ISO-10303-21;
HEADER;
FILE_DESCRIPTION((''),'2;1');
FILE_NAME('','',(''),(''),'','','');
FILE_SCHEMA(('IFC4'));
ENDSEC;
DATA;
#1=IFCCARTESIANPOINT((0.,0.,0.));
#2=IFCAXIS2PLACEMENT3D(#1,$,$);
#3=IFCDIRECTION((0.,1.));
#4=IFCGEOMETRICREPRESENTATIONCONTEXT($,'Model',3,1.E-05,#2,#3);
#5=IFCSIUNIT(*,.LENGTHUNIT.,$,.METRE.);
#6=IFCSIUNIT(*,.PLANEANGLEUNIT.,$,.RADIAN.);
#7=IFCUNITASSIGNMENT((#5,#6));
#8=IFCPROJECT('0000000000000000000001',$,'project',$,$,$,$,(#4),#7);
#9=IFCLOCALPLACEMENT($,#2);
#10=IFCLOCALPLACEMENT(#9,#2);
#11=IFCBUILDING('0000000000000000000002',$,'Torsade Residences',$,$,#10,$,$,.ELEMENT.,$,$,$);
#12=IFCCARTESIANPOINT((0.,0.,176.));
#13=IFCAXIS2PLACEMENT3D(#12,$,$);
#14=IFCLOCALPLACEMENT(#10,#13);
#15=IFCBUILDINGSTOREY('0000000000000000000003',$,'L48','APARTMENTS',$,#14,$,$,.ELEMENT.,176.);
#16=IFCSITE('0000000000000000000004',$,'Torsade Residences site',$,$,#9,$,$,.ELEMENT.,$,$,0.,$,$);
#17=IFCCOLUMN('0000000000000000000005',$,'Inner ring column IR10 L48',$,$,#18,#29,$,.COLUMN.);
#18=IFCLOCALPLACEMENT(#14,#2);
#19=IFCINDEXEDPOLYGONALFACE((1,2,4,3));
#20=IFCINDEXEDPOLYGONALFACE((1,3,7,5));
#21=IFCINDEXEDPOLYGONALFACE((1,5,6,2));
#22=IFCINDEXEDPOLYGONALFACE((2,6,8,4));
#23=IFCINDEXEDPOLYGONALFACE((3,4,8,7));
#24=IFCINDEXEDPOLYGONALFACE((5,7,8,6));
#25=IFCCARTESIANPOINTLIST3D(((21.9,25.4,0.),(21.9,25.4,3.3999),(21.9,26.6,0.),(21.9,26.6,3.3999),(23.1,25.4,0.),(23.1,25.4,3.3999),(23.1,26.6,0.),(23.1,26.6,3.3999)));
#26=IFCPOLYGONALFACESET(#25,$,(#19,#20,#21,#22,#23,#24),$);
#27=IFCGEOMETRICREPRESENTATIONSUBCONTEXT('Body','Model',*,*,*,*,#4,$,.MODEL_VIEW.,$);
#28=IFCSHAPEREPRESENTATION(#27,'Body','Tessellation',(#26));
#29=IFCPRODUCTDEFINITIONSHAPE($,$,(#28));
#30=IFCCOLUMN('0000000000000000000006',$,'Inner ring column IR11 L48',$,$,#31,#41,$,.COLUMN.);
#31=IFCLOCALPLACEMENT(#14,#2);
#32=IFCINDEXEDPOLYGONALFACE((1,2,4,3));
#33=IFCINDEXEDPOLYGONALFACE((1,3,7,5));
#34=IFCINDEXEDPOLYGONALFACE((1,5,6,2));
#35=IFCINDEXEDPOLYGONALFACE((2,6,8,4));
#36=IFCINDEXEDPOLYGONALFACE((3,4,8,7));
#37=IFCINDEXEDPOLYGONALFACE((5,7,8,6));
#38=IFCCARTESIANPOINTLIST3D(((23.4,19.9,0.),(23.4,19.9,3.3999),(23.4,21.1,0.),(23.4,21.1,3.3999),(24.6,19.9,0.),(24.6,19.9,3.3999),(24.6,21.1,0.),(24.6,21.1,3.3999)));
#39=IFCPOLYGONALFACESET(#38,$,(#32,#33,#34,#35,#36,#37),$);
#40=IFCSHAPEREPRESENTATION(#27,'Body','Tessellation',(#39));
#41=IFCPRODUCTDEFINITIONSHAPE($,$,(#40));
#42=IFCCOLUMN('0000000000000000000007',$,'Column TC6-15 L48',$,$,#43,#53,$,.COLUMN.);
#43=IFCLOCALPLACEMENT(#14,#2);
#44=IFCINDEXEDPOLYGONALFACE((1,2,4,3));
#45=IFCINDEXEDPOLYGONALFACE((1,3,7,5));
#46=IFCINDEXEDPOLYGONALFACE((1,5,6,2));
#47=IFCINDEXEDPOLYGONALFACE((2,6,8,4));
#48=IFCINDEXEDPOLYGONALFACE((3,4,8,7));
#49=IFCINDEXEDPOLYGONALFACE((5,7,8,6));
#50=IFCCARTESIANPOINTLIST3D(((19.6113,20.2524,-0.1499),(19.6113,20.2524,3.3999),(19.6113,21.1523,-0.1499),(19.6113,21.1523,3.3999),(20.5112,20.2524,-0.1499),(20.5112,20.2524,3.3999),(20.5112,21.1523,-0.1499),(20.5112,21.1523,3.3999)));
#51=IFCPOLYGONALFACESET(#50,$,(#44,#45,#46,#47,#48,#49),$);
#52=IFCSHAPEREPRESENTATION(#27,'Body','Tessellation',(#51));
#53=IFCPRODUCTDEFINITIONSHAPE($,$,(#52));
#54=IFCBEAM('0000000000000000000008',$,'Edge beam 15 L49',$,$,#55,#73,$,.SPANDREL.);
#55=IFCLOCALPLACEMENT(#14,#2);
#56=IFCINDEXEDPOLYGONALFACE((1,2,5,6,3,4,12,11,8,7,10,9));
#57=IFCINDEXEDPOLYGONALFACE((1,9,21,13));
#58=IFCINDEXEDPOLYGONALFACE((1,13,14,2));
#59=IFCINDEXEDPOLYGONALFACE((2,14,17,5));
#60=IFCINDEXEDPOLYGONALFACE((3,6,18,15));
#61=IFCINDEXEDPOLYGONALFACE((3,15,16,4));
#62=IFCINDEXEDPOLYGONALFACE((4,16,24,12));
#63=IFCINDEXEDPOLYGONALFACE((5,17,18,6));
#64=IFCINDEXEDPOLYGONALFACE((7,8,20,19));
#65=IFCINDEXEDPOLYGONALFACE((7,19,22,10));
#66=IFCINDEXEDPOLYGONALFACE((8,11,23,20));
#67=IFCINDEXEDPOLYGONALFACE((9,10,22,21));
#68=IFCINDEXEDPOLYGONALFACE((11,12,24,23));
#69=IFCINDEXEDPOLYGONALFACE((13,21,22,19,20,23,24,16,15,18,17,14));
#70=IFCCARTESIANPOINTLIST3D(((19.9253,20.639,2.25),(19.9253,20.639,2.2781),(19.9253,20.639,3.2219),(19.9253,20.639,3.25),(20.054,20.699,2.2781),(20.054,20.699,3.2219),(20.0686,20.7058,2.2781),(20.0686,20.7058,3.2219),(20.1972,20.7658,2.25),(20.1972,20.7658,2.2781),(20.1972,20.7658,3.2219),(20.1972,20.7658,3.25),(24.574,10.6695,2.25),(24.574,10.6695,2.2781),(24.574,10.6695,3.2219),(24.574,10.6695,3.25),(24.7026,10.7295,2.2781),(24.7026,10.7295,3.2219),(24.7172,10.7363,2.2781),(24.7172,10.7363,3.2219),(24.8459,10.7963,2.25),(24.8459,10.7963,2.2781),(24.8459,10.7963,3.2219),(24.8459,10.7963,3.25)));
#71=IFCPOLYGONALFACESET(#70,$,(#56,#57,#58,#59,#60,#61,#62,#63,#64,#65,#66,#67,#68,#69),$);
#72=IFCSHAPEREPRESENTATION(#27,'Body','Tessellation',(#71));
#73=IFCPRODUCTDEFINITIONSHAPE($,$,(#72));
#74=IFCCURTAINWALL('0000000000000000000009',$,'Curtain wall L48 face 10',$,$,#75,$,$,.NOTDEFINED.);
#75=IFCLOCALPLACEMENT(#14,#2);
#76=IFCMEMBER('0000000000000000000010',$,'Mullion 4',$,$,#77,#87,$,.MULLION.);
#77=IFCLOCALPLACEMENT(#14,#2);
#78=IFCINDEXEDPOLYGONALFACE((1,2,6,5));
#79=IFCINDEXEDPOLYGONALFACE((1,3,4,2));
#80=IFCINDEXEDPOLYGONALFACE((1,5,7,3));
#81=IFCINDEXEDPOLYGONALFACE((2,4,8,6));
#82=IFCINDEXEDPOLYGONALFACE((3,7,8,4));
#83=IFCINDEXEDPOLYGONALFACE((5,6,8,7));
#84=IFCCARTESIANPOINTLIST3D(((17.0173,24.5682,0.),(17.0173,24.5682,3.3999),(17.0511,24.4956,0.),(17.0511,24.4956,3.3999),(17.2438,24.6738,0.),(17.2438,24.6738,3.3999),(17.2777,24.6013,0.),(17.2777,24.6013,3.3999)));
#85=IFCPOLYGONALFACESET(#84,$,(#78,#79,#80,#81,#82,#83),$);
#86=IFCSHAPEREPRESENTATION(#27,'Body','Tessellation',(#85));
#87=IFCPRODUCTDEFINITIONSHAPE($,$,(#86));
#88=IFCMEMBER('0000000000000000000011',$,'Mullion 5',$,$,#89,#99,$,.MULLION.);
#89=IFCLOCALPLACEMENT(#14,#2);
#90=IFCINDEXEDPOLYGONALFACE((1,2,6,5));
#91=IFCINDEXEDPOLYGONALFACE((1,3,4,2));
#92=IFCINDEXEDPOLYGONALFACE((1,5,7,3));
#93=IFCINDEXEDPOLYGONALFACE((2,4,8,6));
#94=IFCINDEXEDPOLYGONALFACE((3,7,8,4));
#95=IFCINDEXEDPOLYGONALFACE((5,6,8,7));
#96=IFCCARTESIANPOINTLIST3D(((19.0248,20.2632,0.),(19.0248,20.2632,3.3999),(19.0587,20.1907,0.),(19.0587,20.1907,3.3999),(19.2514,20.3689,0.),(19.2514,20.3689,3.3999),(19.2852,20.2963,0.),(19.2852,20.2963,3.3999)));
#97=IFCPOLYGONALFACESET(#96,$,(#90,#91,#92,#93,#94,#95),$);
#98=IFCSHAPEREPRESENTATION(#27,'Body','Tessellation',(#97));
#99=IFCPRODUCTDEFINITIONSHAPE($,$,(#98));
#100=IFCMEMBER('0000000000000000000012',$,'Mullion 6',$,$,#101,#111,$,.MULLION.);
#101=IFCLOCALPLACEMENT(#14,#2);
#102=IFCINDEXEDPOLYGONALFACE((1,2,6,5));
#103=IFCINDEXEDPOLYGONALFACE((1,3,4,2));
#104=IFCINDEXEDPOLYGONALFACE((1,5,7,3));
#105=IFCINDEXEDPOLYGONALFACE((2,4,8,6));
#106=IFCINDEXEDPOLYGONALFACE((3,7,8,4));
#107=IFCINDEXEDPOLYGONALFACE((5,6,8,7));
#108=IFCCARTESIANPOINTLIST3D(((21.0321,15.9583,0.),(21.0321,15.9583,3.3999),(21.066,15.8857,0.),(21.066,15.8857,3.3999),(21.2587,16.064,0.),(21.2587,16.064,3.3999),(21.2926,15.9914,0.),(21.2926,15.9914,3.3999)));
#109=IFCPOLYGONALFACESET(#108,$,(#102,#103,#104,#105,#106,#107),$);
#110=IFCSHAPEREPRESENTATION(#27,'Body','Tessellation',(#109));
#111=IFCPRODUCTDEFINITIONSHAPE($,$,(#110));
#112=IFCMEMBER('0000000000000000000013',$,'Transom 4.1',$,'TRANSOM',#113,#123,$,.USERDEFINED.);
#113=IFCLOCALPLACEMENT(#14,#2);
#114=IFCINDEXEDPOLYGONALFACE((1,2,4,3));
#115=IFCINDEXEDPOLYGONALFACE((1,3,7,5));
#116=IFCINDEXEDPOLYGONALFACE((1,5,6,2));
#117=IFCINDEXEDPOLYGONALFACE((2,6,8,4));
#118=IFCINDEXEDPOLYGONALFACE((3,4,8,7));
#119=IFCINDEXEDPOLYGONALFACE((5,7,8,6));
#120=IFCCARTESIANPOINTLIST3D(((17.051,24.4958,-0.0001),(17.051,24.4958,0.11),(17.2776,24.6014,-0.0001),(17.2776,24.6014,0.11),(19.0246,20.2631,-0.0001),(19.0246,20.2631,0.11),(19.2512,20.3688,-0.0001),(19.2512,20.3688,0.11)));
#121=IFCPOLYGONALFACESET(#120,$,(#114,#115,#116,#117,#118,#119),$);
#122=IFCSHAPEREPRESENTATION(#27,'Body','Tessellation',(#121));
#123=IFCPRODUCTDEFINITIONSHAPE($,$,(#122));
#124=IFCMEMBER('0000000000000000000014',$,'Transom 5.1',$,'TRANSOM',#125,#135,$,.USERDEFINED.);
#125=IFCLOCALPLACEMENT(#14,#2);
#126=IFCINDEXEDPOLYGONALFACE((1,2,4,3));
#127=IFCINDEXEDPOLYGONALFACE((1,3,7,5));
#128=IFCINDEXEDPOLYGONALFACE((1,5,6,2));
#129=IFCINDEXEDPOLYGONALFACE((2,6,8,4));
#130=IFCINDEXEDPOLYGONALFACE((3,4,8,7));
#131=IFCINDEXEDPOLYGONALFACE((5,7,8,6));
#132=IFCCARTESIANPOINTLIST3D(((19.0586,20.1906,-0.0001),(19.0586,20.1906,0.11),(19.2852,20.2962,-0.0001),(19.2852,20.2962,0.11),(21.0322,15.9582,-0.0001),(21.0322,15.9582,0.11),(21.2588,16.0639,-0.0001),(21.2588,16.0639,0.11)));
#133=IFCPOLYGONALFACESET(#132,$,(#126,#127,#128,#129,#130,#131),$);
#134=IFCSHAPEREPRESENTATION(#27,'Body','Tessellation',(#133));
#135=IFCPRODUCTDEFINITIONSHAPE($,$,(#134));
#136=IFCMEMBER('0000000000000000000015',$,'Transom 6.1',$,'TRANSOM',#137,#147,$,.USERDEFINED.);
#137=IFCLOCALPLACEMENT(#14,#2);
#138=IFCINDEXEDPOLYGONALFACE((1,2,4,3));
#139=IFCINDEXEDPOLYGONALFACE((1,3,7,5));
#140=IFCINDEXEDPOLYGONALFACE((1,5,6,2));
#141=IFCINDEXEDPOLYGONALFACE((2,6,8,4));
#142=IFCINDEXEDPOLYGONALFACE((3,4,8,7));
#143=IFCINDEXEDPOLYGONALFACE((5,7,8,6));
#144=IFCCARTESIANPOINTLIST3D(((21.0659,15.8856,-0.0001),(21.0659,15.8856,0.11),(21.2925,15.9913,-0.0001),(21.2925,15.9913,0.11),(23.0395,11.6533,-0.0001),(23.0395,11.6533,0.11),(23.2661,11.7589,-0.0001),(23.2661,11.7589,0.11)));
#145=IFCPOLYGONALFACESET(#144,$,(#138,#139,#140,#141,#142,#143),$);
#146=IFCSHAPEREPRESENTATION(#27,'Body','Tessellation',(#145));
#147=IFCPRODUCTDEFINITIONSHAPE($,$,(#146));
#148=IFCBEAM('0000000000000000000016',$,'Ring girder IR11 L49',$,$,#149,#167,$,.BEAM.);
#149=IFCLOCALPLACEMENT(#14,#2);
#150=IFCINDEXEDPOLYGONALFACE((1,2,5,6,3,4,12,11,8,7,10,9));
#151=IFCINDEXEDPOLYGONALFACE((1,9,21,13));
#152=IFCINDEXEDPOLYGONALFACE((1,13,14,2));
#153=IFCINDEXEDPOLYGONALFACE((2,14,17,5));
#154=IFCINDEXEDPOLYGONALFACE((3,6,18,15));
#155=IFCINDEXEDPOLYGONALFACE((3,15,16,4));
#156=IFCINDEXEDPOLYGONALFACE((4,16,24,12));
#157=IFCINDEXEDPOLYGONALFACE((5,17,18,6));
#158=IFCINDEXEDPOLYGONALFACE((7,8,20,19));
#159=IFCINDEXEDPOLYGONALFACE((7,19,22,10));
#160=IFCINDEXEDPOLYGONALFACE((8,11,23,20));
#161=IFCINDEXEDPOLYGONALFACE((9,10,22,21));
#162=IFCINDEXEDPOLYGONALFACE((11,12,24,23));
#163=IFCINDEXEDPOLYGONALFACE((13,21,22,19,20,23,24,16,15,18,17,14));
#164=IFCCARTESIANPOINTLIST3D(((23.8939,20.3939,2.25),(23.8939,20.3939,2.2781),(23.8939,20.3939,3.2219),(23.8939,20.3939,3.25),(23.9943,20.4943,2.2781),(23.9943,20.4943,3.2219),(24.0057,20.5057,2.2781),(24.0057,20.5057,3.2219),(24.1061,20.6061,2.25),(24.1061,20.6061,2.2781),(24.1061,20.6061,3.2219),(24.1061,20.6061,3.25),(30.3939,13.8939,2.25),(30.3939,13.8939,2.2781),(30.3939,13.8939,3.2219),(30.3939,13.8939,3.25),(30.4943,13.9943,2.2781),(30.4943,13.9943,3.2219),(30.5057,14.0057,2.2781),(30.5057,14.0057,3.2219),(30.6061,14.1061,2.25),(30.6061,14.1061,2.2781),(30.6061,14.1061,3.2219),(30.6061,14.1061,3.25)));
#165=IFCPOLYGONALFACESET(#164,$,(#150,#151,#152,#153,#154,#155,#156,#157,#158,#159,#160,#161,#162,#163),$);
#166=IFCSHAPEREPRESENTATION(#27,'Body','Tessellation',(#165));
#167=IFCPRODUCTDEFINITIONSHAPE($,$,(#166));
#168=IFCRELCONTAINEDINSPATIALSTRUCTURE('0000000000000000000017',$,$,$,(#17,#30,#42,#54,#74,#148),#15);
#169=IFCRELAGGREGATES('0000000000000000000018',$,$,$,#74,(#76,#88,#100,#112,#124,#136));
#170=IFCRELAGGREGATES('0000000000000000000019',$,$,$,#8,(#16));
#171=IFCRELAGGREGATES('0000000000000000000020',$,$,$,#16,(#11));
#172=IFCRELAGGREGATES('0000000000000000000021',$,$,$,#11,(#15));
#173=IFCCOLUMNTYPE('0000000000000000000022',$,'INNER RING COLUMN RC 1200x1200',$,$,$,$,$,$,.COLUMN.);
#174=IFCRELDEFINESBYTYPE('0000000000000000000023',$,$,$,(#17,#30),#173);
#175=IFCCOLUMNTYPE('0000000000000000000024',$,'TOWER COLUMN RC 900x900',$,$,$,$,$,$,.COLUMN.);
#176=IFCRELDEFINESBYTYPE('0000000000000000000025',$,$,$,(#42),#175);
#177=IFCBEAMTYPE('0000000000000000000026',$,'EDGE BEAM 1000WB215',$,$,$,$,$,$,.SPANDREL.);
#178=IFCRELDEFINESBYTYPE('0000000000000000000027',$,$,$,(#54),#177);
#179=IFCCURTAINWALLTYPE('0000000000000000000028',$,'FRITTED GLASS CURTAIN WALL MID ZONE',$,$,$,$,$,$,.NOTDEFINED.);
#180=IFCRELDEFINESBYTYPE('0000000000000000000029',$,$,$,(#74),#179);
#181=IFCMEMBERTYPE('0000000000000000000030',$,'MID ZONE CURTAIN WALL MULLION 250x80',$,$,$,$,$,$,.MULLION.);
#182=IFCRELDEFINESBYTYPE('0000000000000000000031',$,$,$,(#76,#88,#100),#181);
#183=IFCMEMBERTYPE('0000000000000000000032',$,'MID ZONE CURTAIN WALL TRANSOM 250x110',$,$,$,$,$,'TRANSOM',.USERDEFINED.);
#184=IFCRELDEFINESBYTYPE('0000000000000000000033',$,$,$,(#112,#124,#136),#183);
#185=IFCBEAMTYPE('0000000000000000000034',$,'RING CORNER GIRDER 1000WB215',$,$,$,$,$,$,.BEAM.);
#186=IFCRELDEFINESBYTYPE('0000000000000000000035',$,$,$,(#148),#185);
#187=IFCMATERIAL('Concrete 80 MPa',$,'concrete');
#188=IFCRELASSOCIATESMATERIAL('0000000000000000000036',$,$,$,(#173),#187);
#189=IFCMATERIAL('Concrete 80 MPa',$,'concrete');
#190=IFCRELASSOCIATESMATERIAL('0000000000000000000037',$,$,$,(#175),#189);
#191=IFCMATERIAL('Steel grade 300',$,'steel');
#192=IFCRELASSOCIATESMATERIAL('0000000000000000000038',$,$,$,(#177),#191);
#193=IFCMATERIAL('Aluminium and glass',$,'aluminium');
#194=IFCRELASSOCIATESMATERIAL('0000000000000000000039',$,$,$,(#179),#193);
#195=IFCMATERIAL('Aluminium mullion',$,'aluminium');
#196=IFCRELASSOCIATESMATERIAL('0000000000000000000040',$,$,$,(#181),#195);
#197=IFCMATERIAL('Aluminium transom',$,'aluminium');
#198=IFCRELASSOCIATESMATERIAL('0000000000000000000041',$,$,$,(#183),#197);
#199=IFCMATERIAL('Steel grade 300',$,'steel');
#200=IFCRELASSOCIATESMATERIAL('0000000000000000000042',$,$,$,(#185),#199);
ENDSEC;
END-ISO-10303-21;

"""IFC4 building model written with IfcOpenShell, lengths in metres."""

from ifc_helpers import new_model, si_unit, direction, frame, origin, origin_2d, place, context, subcontext, project, spatial, rectangle, i_section, extrude, material, material_profile, profile_set, type_object, element, aggregate, save


model = new_model("IFC4")

# Units and contexts
model_context = context("Model", 3, precision=1e-05, world=origin(), true_north=direction((0.0, 1.0)))
body_context = subcontext(model_context, "Body", "Model", "MODEL_VIEW")
ifc_project = project(units=[si_unit("LENGTHUNIT", "METRE"), si_unit("PLANEANGLEUNIT", "RADIAN")], contexts=[model_context])

# Site, building, storey
site_placement = place(None, origin())
site = spatial("IfcSite", under=ifc_project, at=site_placement, Name="Torsade Residences site", CompositionType="ELEMENT", RefElevation=0.0)
building_placement = place(site_placement, origin())
building = spatial("IfcBuilding", under=site, at=building_placement, Name="Torsade Residences", CompositionType="ELEMENT")
storey_placement = place(building_placement, frame((0.0, 0.0, 176.0)))
storey = spatial("IfcBuildingStorey", under=building, at=storey_placement, Name="L48", Description="APARTMENTS", CompositionType="ELEMENT", Elevation=176.0)

# Columns
ifc_material_1 = material(Name="Concrete 80 MPa", Category="concrete")
ifc_material_profile_1 = material_profile(ifc_material_1, rectangle(XDim=1.2, YDim=1.2, at=origin_2d()), Name="RC 1200x1200")
ifc_profile_set_1 = profile_set([ifc_material_profile_1], Name="Concrete 80 MPa")
column_type_1 = type_object("IfcColumnType", Name="INNER RING COLUMN RC 1200x1200", PredefinedType="COLUMN", material=ifc_profile_set_1)
for number, where, z_axis, x_axis, name in (
    (1, (22.5, 26.0, 0.0), (0.0, 0.0, 1.0), (1.0, 0.0, 0.0), "Inner ring column IR10 L48"),
    (2, (24.0, 20.5, 0.0), (0.0, 0.0, 1.0), (1.0, 0.0, 0.0), "Inner ring column IR11 L48"),
):
    element("IfcColumn", number, at=place(storey_placement, frame(where, z_axis=z_axis, x_axis=x_axis)), inside=storey, type_object=column_type_1, Name=name, PredefinedType="COLUMN", context=body_context, shape_type="SweptSolid", body=[
        extrude(rectangle(XDim=1.2, YDim=1.2, at=origin_2d()), origin(), (0.0, 0.0, 1.0), 3.3999),
    ])
ifc_material_2 = material(Name="Concrete 80 MPa", Category="concrete")
ifc_material_profile_2 = material_profile(ifc_material_2, rectangle(XDim=0.8999, YDim=0.8999, at=origin_2d()), Name="RC 900x900")
ifc_profile_set_2 = profile_set([ifc_material_profile_2], Name="Concrete 80 MPa")
column_type_2 = type_object("IfcColumnType", Name="TOWER COLUMN RC 900x900", PredefinedType="COLUMN", material=ifc_profile_set_2)
column_placement = place(storey_placement, frame((20.0613, 20.7024, -0.1499), z_axis=(0.0, 0.0, 1.0), x_axis=(1.0, 0.0, 0.0)))
element("IfcColumn", 3, at=column_placement, inside=storey, type_object=column_type_2, Name="Column TC6-15 L48", PredefinedType="COLUMN", context=body_context, shape_type="SweptSolid", body=[
    extrude(rectangle(XDim=0.8999, YDim=0.8999, at=origin_2d()), origin(), (0.0, 0.0, 1.0), 3.5498),
])

# Beam
ifc_material_3 = material(Name="Steel grade 300", Category="steel")
ifc_material_profile_3 = material_profile(ifc_material_3, i_section(OverallWidth=0.3, OverallDepth=1.0, WebThickness=0.0161, FlangeThickness=0.0281, at=origin_2d()), Name="1000WB215")
ifc_profile_set_3 = profile_set([ifc_material_profile_3], Name="Steel grade 300")
beam_type_1 = type_object("IfcBeamType", Name="EDGE BEAM 1000WB215", PredefinedType="SPANDREL", material=ifc_profile_set_3)
beam_1_placement = place(storey_placement, frame((20.0613, 20.7024, 2.75), z_axis=(0.422606, -0.906314, 0.0), x_axis=(0.906314, 0.422606, 0.0)))
element("IfcBeam", 4, at=beam_1_placement, inside=storey, type_object=beam_type_1, Name="Edge beam 15 L49", PredefinedType="SPANDREL", context=body_context, shape_type="SweptSolid", body=[
    extrude(i_section(OverallWidth=0.3, OverallDepth=1.0, WebThickness=0.0161, FlangeThickness=0.0281, at=origin_2d()), origin(), (0.0, 0.0, 1.0), 11.0),
])

# Curtain wall, members
ifc_material_4 = material(Name="Aluminium and glass", Category="aluminium")
curtain_wall_type = type_object("IfcCurtainWallType", Name="FRITTED GLASS CURTAIN WALL MID ZONE", PredefinedType="NOTDEFINED", material=ifc_material_4)
curtain_wall_placement = place(storey_placement, origin())
curtain_wall = element("IfcCurtainWall", 5, at=curtain_wall_placement, inside=storey, type_object=curtain_wall_type, Name="Curtain wall L48 face 10", PredefinedType="NOTDEFINED")
ifc_material_5 = material(Name="Aluminium mullion", Category="aluminium")
ifc_material_profile_4 = material_profile(ifc_material_5, rectangle(XDim=0.25, YDim=0.0801, at=origin_2d()), Name="MID ZONE CURTAIN WALL MULLION 250x80")
ifc_profile_set_4 = profile_set([ifc_material_profile_4], Name="Aluminium mullion")
member_type_1 = type_object("IfcMemberType", Name="MID ZONE CURTAIN WALL MULLION 250x80", PredefinedType="MULLION", material=ifc_profile_set_4)
member_1_placement = place(storey_placement, frame((17.1475, 24.5847, 0.0), z_axis=(0.0, 0.0, 1.0), x_axis=(0.906308, 0.422618, 0.0)))
member_1 = element("IfcMember", 6, at=member_1_placement, type_object=member_type_1, Name="Mullion 4", PredefinedType="MULLION", context=body_context, shape_type="SweptSolid", body=[
    extrude(rectangle(XDim=0.25, YDim=0.0801, at=origin_2d()), origin(), (0.0, 0.0, 1.0), 3.3999),
])
member_2_placement = place(storey_placement, frame((19.155, 20.2798, 0.0), z_axis=(0.0, 0.0, 1.0), x_axis=(0.906308, 0.422618, 0.0)))
member_2 = element("IfcMember", 7, at=member_2_placement, type_object=member_type_1, Name="Mullion 5", PredefinedType="MULLION", context=body_context, shape_type="SweptSolid", body=[
    extrude(rectangle(XDim=0.25, YDim=0.0801, at=origin_2d()), origin(), (0.0, 0.0, 1.0), 3.3999),
])
member_3_placement = place(storey_placement, frame((21.1624, 15.9749, 0.0), z_axis=(0.0, 0.0, 1.0), x_axis=(0.906308, 0.422618, 0.0)))
member_3 = element("IfcMember", 8, at=member_3_placement, type_object=member_type_1, Name="Mullion 6", PredefinedType="MULLION", context=body_context, shape_type="SweptSolid", body=[
    extrude(rectangle(XDim=0.25, YDim=0.0801, at=origin_2d()), origin(), (0.0, 0.0, 1.0), 3.3999),
])
ifc_material_6 = material(Name="Aluminium transom", Category="aluminium")
ifc_material_profile_5 = material_profile(ifc_material_6, rectangle(XDim=0.25, YDim=0.1101, at=origin_2d()), Name="MID ZONE CURTAIN WALL TRANSOM 250x110")
ifc_profile_set_5 = profile_set([ifc_material_profile_5], Name="Aluminium transom")
member_type_2 = type_object("IfcMemberType", Name="MID ZONE CURTAIN WALL TRANSOM 250x110", ElementType="TRANSOM", PredefinedType="USERDEFINED", material=ifc_profile_set_5)
member_4_placement = place(storey_placement, frame((17.1643, 24.5486, 0.0549), z_axis=(0.422602, -0.906315, 0.0), x_axis=(0.906315, 0.422602, 0.0)))
member_4 = element("IfcMember", 9, at=member_4_placement, type_object=member_type_2, Name="Transom 4.1", ObjectType="TRANSOM", PredefinedType="USERDEFINED", context=body_context, shape_type="SweptSolid", body=[
    extrude(rectangle(XDim=0.25, YDim=0.1101, at=origin_2d()), origin(), (0.0, 0.0, 1.0), 4.6702),
])
member_5_placement = place(storey_placement, frame((19.1719, 20.2434, 0.0549), z_axis=(0.422622, -0.906306, 0.0), x_axis=(0.906306, 0.422622, 0.0)))
member_5 = element("IfcMember", 10, at=member_5_placement, type_object=member_type_2, Name="Transom 5.1", ObjectType="TRANSOM", PredefinedType="USERDEFINED", context=body_context, shape_type="SweptSolid", body=[
    extrude(rectangle(XDim=0.25, YDim=0.1101, at=origin_2d()), origin(), (0.0, 0.0, 1.0), 4.6699),
])
member_6_placement = place(storey_placement, frame((21.1792, 15.9385, 0.0549), z_axis=(0.422622, -0.906306, 0.0), x_axis=(0.906306, 0.422622, 0.0)))
member_6 = element("IfcMember", 11, at=member_6_placement, type_object=member_type_2, Name="Transom 6.1", ObjectType="TRANSOM", PredefinedType="USERDEFINED", context=body_context, shape_type="SweptSolid", body=[
    extrude(rectangle(XDim=0.25, YDim=0.1101, at=origin_2d()), origin(), (0.0, 0.0, 1.0), 4.6699),
])

# Beam
ifc_material_7 = material(Name="Steel grade 300", Category="steel")
ifc_material_profile_6 = material_profile(ifc_material_7, i_section(OverallWidth=0.3, OverallDepth=1.0, WebThickness=0.0161, FlangeThickness=0.0281, at=origin_2d()), Name="1000WB215")
ifc_profile_set_6 = profile_set([ifc_material_profile_6], Name="Steel grade 300")
beam_type_2 = type_object("IfcBeamType", Name="RING CORNER GIRDER 1000WB215", PredefinedType="BEAM", material=ifc_profile_set_6)
beam_2_placement = place(storey_placement, frame((24.0, 20.5, 2.75), z_axis=(0.707107, -0.707107, 0.0), x_axis=(0.707107, 0.707107, 0.0)))
element("IfcBeam", 12, at=beam_2_placement, inside=storey, type_object=beam_type_2, Name="Ring girder IR11 L49", PredefinedType="BEAM", context=body_context, shape_type="SweptSolid", body=[
    extrude(i_section(OverallWidth=0.3, OverallDepth=1.0, WebThickness=0.0161, FlangeThickness=0.0281, at=origin_2d()), origin(), (0.0, 0.0, 1.0), 9.1924),
])

aggregate(curtain_wall, [member_1, member_2, member_3, member_4, member_5, member_6])

save(model, "model.ifc")
